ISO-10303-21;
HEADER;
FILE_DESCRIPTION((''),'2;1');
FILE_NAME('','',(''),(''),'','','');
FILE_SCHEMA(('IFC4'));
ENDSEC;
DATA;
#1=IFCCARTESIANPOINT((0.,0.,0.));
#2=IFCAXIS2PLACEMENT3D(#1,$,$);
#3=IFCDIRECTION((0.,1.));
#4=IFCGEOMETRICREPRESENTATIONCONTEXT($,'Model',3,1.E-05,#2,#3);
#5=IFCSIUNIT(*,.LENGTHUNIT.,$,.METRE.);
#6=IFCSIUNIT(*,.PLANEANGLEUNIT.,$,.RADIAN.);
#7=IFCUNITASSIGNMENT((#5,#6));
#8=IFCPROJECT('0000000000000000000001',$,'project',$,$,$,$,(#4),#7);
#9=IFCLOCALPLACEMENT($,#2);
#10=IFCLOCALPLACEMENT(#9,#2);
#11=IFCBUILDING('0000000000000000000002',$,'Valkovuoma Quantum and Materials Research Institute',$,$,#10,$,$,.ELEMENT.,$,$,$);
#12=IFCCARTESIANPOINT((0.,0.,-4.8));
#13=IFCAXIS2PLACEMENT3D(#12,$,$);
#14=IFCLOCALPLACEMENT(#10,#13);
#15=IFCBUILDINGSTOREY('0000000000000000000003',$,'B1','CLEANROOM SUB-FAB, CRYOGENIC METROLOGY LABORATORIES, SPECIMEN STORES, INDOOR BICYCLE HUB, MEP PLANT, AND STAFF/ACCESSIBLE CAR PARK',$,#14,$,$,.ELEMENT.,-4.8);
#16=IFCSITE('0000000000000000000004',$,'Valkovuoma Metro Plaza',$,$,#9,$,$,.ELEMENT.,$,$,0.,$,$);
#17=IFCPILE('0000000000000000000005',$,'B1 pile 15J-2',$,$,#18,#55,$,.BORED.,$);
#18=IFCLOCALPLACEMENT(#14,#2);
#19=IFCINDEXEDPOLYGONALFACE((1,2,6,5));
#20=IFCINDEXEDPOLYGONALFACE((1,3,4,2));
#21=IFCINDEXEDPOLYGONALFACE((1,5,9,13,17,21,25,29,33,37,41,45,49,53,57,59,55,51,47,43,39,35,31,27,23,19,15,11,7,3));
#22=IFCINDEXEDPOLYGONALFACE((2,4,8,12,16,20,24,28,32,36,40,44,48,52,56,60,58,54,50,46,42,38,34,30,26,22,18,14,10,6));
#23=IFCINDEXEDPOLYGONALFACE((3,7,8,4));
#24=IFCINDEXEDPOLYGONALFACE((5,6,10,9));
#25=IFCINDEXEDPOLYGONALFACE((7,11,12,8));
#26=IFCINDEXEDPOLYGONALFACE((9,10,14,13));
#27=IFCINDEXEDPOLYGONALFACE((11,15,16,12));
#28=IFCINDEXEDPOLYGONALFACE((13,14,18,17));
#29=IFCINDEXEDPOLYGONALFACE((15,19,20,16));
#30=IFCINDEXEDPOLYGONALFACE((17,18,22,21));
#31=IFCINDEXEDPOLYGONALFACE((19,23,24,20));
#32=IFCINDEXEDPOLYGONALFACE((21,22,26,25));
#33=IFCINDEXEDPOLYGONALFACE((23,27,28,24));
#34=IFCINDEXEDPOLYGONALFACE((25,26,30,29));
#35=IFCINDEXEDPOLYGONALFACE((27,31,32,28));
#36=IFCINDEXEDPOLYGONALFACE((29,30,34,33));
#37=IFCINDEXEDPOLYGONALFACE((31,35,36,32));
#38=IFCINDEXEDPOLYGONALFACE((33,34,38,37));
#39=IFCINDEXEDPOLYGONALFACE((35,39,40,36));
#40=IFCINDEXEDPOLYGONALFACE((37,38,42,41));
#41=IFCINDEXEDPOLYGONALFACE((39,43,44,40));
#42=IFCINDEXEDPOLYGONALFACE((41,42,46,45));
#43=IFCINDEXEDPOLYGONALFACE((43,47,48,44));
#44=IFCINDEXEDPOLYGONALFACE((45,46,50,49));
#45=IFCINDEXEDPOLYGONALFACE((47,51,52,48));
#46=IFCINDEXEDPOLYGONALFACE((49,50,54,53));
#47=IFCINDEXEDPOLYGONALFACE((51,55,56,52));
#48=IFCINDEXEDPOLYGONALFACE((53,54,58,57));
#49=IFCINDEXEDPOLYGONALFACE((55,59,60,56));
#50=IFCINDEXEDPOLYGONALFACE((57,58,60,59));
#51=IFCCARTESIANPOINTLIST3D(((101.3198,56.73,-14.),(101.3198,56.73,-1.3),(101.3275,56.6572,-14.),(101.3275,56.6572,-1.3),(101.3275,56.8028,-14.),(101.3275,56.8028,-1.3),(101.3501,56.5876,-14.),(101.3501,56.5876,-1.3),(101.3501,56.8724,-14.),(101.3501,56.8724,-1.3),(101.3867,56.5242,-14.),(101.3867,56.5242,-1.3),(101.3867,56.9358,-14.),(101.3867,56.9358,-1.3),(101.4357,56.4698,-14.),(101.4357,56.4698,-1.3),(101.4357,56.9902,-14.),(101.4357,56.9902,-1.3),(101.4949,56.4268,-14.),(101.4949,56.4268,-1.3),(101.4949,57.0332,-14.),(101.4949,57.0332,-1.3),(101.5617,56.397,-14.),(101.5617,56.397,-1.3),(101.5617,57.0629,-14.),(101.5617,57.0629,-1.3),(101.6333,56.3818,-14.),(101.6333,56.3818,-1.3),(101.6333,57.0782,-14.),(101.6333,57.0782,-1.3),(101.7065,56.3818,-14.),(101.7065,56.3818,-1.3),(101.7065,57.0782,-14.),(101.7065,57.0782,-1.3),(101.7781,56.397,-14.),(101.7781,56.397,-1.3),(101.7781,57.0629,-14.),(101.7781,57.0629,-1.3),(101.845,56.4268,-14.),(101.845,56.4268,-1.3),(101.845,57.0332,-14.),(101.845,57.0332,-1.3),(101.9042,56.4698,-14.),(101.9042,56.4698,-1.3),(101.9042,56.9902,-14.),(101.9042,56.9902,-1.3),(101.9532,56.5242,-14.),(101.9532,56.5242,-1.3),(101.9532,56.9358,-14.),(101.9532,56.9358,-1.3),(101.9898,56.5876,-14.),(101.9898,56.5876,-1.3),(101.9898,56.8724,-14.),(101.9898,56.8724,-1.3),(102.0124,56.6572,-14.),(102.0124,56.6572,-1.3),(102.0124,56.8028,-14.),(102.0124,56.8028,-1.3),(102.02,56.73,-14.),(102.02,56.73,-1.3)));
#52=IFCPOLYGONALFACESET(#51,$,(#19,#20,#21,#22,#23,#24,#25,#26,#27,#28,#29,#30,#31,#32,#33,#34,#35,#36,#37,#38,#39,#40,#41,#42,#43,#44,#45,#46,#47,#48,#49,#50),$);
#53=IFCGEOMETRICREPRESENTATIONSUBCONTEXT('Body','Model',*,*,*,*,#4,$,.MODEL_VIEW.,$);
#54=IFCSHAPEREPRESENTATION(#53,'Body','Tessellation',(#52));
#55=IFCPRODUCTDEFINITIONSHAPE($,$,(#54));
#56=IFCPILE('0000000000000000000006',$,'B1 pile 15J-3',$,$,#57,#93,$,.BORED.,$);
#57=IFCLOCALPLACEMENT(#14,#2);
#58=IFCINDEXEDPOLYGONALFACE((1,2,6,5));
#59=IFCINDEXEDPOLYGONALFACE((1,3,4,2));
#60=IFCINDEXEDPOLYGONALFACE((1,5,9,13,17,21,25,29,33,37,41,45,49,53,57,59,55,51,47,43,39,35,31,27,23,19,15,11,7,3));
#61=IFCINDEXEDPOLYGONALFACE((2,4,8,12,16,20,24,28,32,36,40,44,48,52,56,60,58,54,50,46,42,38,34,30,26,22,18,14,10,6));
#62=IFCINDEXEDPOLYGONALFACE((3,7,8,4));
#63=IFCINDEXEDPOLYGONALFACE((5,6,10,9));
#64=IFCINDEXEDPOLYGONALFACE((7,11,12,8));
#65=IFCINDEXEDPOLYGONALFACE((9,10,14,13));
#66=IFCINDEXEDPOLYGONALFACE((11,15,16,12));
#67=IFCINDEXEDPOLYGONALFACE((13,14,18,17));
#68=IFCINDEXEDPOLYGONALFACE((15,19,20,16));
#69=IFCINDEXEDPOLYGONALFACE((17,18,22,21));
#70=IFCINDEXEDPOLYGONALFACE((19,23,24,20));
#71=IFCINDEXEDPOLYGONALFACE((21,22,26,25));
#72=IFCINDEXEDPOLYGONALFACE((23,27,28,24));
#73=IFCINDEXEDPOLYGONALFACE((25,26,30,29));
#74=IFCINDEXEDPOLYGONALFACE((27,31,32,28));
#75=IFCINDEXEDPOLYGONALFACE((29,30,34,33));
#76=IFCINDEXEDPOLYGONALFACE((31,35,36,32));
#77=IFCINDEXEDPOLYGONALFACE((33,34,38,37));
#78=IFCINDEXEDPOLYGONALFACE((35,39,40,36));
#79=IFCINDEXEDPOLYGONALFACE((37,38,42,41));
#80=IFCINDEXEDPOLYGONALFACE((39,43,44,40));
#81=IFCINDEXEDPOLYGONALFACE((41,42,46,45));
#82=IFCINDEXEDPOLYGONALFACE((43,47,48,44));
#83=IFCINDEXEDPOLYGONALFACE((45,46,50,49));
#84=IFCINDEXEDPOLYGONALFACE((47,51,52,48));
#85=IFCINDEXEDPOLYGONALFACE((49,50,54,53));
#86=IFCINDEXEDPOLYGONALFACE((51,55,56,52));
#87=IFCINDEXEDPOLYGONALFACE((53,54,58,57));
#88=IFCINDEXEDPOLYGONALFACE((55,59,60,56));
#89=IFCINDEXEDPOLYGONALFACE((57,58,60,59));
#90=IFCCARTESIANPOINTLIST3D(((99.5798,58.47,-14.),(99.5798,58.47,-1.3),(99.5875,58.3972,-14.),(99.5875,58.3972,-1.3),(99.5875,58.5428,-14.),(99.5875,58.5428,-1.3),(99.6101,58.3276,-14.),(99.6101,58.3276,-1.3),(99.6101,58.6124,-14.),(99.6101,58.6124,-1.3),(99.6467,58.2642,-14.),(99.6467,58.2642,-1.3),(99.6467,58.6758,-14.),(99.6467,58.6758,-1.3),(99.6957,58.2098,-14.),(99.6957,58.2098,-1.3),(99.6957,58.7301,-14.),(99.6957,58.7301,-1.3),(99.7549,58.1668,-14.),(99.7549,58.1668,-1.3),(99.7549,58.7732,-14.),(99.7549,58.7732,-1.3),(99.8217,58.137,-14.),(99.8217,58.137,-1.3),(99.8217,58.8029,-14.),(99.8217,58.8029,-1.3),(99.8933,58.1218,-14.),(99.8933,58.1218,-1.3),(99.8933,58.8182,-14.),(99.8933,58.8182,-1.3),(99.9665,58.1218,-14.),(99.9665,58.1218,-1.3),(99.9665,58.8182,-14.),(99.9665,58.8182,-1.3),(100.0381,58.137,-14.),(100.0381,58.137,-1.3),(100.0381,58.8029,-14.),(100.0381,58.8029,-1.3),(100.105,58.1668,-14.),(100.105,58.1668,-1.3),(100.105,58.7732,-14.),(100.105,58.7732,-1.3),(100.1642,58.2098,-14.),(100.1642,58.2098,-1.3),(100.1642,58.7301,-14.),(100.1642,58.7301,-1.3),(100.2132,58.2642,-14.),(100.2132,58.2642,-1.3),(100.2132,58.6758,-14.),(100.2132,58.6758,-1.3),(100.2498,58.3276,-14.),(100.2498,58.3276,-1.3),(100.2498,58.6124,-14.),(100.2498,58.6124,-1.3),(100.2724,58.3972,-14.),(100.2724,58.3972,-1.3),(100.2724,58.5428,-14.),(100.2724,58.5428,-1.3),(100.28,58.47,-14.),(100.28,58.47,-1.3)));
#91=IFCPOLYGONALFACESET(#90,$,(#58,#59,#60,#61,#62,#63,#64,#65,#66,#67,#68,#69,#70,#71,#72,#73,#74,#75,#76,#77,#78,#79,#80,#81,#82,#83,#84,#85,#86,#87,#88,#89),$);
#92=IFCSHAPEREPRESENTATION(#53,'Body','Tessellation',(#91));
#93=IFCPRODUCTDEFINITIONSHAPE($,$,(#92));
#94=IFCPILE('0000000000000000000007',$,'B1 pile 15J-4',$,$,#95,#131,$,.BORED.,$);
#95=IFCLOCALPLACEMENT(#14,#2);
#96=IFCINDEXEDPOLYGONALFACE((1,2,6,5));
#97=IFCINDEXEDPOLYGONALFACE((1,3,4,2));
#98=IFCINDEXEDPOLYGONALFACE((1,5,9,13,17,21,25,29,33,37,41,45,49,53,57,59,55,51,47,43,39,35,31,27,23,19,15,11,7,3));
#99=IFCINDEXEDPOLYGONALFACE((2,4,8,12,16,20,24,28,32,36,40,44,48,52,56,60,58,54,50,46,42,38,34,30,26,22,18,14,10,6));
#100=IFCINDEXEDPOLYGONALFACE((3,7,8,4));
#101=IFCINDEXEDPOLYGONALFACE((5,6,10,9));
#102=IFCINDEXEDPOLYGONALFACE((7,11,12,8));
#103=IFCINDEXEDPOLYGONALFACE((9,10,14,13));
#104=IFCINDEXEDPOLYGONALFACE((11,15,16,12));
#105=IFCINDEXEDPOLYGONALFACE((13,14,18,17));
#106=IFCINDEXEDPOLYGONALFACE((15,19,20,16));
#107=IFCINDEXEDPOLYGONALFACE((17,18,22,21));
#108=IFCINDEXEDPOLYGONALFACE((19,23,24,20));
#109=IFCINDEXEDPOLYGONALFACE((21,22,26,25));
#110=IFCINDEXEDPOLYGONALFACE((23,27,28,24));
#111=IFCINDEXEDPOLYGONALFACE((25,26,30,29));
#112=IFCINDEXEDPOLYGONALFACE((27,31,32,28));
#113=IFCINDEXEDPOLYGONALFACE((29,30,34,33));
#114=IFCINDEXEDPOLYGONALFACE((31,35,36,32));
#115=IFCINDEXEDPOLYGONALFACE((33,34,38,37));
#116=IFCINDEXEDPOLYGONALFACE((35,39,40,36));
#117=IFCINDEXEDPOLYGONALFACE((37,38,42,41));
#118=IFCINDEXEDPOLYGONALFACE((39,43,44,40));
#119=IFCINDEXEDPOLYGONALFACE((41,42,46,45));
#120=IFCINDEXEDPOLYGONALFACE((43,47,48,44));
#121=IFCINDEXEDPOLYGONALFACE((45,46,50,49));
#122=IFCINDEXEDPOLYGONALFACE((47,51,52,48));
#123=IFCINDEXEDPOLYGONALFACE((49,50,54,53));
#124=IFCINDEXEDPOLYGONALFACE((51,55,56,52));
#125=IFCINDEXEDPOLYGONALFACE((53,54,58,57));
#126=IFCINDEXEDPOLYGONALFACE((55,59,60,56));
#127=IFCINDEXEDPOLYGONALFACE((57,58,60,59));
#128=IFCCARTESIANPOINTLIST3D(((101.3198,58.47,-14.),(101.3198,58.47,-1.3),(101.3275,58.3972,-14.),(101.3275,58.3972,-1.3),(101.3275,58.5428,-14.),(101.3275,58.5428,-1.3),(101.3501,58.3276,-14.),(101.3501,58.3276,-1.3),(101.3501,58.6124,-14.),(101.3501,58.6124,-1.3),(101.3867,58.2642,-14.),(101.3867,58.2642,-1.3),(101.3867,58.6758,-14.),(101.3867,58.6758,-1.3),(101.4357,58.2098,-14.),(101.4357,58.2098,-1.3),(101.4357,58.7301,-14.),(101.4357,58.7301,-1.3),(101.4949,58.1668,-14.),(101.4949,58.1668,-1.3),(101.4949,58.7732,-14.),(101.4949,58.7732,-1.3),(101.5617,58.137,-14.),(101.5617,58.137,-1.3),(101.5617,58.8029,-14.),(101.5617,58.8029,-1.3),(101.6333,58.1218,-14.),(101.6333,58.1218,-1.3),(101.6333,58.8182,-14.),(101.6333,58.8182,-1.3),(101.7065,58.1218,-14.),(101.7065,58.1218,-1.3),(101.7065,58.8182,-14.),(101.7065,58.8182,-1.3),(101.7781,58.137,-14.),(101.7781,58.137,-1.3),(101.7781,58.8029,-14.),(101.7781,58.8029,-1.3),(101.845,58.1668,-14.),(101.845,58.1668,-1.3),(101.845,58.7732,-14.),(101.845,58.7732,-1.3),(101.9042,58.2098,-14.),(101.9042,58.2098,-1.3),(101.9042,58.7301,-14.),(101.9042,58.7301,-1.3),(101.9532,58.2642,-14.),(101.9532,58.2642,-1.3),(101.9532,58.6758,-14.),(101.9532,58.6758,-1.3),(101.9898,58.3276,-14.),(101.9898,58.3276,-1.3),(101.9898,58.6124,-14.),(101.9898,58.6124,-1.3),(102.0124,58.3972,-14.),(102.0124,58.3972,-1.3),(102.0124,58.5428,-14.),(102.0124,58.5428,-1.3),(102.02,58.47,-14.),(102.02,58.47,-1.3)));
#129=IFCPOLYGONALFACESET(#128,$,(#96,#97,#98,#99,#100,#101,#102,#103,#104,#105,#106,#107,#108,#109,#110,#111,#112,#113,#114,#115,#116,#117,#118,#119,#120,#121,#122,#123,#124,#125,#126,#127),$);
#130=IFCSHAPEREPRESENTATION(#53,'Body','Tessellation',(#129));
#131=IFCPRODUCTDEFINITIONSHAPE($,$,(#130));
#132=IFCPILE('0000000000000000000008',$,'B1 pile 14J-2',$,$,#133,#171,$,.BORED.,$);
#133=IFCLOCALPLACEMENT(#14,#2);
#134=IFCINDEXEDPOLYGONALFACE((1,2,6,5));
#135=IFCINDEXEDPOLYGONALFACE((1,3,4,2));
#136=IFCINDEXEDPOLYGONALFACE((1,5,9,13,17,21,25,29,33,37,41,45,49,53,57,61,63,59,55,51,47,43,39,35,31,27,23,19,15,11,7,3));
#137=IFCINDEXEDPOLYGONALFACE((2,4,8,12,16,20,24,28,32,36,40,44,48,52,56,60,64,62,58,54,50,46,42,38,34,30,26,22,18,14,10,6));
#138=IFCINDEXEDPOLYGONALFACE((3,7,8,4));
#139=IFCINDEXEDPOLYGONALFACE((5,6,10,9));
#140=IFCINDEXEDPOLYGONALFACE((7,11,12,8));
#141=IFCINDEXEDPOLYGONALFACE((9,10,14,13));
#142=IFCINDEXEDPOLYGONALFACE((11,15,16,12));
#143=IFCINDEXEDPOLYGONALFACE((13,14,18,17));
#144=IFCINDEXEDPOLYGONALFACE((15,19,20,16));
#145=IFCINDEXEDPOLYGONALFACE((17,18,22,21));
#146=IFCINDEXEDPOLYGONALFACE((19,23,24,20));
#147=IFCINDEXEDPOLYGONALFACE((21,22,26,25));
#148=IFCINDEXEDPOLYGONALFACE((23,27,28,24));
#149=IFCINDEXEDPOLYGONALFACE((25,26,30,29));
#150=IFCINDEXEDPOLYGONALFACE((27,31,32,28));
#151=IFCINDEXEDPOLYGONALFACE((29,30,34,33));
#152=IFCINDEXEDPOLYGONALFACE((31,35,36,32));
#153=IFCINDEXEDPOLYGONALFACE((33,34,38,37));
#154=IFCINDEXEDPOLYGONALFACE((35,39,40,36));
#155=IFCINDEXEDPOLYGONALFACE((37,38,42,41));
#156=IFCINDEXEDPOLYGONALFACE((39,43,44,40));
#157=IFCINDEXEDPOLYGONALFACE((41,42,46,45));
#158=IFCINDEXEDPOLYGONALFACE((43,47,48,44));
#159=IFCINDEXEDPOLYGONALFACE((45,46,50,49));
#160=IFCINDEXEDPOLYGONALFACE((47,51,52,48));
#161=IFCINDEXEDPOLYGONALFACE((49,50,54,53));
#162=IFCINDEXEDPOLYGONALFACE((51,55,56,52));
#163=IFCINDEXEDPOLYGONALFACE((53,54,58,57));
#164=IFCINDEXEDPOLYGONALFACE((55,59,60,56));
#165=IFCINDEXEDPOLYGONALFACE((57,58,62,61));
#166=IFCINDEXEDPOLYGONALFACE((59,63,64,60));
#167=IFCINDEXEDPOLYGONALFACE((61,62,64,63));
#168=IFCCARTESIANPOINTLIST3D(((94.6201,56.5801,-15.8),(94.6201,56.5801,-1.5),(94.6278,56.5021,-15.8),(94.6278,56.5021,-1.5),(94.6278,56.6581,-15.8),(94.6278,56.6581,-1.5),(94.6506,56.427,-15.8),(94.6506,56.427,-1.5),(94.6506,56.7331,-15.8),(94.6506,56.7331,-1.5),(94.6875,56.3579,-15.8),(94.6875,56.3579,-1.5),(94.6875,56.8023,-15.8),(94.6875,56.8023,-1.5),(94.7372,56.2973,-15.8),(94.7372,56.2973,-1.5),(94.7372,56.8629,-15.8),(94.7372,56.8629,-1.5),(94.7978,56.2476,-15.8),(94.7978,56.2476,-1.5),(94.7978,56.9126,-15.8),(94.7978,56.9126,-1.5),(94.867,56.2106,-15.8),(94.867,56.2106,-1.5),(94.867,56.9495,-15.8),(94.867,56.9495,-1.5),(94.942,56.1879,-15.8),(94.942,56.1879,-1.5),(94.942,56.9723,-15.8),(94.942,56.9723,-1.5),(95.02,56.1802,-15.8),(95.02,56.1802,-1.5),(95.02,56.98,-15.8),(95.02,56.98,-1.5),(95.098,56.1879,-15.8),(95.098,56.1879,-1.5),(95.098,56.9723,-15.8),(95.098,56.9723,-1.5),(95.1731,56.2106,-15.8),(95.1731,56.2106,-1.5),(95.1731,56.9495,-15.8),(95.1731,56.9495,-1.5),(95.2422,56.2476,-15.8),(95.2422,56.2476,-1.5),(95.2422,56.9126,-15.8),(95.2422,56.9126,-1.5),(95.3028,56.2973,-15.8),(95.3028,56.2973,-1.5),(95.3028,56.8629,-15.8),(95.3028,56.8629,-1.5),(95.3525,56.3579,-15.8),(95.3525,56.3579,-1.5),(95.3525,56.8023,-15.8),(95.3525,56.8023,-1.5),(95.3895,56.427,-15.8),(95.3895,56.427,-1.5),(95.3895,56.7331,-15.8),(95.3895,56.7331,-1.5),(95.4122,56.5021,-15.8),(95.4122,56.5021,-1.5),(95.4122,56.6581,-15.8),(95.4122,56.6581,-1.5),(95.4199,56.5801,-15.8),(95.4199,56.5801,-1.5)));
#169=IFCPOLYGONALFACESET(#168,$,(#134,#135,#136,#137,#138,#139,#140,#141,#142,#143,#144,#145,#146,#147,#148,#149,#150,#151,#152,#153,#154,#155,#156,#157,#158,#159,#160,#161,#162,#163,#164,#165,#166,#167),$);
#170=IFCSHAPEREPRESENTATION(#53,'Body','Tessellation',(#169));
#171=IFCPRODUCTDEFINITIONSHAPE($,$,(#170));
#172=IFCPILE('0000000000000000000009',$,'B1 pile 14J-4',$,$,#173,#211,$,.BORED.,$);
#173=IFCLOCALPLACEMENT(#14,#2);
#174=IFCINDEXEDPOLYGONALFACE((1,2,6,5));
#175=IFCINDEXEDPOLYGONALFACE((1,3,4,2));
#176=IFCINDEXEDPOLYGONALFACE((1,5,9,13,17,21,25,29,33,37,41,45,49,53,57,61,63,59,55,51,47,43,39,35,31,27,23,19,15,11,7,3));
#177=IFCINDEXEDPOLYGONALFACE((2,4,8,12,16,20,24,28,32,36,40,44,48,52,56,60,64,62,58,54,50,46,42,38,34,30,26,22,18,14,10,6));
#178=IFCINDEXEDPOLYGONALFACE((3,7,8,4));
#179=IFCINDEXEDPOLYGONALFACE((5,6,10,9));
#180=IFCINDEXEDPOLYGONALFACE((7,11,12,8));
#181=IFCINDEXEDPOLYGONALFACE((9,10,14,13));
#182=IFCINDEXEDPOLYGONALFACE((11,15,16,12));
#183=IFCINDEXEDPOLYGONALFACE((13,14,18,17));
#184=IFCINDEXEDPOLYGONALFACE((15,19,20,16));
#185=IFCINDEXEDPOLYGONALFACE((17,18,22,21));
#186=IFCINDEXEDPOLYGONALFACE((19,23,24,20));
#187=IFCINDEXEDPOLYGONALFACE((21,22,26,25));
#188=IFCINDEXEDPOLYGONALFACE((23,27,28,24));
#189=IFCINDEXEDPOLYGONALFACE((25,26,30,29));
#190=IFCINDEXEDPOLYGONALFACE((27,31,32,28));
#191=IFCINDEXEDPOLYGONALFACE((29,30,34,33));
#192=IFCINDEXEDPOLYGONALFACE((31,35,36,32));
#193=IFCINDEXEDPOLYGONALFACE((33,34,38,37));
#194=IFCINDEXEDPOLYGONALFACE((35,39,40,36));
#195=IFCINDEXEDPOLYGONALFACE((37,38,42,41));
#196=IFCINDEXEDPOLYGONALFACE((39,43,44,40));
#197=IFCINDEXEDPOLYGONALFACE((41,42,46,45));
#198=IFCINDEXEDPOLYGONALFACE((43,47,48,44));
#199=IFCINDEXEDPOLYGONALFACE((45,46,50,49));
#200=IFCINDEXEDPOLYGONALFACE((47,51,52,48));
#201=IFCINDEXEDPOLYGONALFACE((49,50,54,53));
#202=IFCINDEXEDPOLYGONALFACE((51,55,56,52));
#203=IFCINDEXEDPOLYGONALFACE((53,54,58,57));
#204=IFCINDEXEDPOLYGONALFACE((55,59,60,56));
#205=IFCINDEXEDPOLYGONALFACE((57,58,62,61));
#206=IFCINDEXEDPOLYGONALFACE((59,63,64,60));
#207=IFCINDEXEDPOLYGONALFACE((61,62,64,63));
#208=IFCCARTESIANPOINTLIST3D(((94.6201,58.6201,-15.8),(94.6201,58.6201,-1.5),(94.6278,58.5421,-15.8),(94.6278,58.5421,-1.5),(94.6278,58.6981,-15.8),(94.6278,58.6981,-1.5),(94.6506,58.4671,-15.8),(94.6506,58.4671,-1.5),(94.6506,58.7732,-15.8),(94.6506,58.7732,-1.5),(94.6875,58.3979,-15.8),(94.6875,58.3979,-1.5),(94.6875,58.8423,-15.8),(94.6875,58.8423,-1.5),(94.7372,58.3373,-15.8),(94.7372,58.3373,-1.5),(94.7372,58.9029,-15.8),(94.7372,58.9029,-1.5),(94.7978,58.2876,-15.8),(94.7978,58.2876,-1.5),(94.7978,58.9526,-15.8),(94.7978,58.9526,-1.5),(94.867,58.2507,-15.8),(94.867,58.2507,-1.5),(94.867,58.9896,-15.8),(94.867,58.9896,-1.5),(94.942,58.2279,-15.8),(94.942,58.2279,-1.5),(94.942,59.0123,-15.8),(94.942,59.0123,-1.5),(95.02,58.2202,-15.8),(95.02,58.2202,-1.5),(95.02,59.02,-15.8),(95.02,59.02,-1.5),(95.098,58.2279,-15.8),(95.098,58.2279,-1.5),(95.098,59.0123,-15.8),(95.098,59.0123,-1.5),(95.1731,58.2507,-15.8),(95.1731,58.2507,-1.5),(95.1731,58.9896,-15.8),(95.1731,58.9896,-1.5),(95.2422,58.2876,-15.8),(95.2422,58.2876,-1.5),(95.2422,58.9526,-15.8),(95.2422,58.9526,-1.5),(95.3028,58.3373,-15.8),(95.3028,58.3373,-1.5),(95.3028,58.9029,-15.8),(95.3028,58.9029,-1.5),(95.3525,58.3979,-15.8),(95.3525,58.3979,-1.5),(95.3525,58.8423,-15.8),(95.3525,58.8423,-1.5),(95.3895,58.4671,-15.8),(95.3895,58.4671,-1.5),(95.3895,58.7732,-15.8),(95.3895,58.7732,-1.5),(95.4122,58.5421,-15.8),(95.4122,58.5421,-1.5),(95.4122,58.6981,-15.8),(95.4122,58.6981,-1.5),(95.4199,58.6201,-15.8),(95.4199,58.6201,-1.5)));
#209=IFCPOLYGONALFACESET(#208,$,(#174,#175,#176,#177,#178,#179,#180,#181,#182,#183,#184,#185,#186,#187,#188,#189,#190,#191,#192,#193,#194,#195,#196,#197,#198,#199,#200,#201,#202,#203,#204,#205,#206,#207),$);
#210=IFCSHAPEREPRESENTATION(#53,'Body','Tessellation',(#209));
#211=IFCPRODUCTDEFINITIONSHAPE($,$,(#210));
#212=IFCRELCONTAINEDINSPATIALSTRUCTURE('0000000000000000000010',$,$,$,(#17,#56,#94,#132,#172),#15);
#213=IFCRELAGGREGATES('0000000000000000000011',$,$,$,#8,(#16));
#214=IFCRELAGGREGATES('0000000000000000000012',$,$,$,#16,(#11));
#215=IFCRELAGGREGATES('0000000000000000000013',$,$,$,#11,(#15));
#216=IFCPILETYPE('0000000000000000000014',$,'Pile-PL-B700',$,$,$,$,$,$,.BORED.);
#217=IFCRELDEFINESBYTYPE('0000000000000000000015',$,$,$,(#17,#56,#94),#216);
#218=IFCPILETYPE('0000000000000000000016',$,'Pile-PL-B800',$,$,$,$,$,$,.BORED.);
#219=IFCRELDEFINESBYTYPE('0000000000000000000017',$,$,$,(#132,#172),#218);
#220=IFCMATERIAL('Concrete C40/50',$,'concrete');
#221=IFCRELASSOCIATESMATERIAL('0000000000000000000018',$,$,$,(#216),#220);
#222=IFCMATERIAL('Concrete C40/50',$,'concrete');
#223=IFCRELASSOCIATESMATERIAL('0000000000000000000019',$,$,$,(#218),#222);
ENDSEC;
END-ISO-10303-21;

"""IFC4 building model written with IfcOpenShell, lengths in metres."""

from ifc_helpers import new_model, si_unit, direction, frame, origin, origin_2d, place, context, subcontext, project, spatial, circle, extrude, material, material_profile, profile_set, type_object, element, save


model = new_model("IFC4")

# Units and contexts
model_context = context("Model", 3, precision=1e-05, world=origin(), true_north=direction((0.0, 1.0)))
body_context = subcontext(model_context, "Body", "Model", "MODEL_VIEW")
ifc_project = project(units=[si_unit("LENGTHUNIT", "METRE"), si_unit("PLANEANGLEUNIT", "RADIAN")], contexts=[model_context])

# Site, building, storey
site_placement = place(None, origin())
site = spatial("IfcSite", under=ifc_project, at=site_placement, Name="Valkovuoma Metro Plaza", CompositionType="ELEMENT", RefElevation=0.0)
building_placement = place(site_placement, origin())
building = spatial("IfcBuilding", under=site, at=building_placement, Name="Valkovuoma Quantum and Materials Research Institute", CompositionType="ELEMENT")
storey_placement = place(building_placement, frame((0.0, 0.0, -4.8)))
storey = spatial("IfcBuildingStorey", under=building, at=storey_placement, Name="B1", Description="CLEANROOM SUB-FAB, CRYOGENIC METROLOGY LABORATORIES, SPECIMEN STORES, INDOOR BICYCLE HUB, MEP PLANT, AND STAFF/ACCESSIBLE CAR PARK", CompositionType="ELEMENT", Elevation=-4.8)

# Piles
ifc_material_1 = material(Name="Concrete C40/50", Category="concrete")
ifc_material_profile_1 = material_profile(ifc_material_1, circle(Radius=0.3501, at=origin_2d()), Name="Concrete C40/50")
ifc_profile_set_1 = profile_set([ifc_material_profile_1], Name="Concrete C40/50")
pile_type_1 = type_object("IfcPileType", Name="Pile-PL-B700", PredefinedType="BORED", material=ifc_profile_set_1)
for number, where, z_axis, x_axis, name in (
    (1, (101.6699, 56.73, -1.3), (0.0, 0.0, -1.0), (1.0, 0.0, 0.0), "B1 pile 15J-2"),
    (2, (99.9299, 58.47, -1.3), (0.0, 0.0, -1.0), (1.0, 0.0, 0.0), "B1 pile 15J-3"),
    (3, (101.6699, 58.47, -1.3), (0.0, 0.0, -1.0), (1.0, 0.0, 0.0), "B1 pile 15J-4"),
):
    element("IfcPile", number, at=place(storey_placement, frame(where, z_axis=z_axis, x_axis=x_axis)), inside=storey, type_object=pile_type_1, Name=name, PredefinedType="BORED", context=body_context, shape_type="SweptSolid", body=[
        extrude(circle(Radius=0.3501, at=origin_2d()), origin(), (0.0, 0.0, 1.0), 12.7),
    ])
ifc_material_2 = material(Name="Concrete C40/50", Category="concrete")
ifc_material_profile_2 = material_profile(ifc_material_2, circle(Radius=0.3999, at=origin_2d()), Name="Concrete C40/50")
ifc_profile_set_2 = profile_set([ifc_material_profile_2], Name="Concrete C40/50")
pile_type_2 = type_object("IfcPileType", Name="Pile-PL-B800", PredefinedType="BORED", material=ifc_profile_set_2)
for number, where, z_axis, x_axis, name in (
    (4, (95.02, 56.5801, -1.5), (0.0, 0.0, -1.0), (1.0, 0.0, 0.0), "B1 pile 14J-2"),
    (5, (95.02, 58.6201, -1.5), (0.0, 0.0, -1.0), (1.0, 0.0, 0.0), "B1 pile 14J-4"),
):
    element("IfcPile", number, at=place(storey_placement, frame(where, z_axis=z_axis, x_axis=x_axis)), inside=storey, type_object=pile_type_2, Name=name, PredefinedType="BORED", context=body_context, shape_type="SweptSolid", body=[
        extrude(circle(Radius=0.3999, at=origin_2d()), origin(), (0.0, 0.0, 1.0), 14.3),
    ])

save(model, "model.ifc")
